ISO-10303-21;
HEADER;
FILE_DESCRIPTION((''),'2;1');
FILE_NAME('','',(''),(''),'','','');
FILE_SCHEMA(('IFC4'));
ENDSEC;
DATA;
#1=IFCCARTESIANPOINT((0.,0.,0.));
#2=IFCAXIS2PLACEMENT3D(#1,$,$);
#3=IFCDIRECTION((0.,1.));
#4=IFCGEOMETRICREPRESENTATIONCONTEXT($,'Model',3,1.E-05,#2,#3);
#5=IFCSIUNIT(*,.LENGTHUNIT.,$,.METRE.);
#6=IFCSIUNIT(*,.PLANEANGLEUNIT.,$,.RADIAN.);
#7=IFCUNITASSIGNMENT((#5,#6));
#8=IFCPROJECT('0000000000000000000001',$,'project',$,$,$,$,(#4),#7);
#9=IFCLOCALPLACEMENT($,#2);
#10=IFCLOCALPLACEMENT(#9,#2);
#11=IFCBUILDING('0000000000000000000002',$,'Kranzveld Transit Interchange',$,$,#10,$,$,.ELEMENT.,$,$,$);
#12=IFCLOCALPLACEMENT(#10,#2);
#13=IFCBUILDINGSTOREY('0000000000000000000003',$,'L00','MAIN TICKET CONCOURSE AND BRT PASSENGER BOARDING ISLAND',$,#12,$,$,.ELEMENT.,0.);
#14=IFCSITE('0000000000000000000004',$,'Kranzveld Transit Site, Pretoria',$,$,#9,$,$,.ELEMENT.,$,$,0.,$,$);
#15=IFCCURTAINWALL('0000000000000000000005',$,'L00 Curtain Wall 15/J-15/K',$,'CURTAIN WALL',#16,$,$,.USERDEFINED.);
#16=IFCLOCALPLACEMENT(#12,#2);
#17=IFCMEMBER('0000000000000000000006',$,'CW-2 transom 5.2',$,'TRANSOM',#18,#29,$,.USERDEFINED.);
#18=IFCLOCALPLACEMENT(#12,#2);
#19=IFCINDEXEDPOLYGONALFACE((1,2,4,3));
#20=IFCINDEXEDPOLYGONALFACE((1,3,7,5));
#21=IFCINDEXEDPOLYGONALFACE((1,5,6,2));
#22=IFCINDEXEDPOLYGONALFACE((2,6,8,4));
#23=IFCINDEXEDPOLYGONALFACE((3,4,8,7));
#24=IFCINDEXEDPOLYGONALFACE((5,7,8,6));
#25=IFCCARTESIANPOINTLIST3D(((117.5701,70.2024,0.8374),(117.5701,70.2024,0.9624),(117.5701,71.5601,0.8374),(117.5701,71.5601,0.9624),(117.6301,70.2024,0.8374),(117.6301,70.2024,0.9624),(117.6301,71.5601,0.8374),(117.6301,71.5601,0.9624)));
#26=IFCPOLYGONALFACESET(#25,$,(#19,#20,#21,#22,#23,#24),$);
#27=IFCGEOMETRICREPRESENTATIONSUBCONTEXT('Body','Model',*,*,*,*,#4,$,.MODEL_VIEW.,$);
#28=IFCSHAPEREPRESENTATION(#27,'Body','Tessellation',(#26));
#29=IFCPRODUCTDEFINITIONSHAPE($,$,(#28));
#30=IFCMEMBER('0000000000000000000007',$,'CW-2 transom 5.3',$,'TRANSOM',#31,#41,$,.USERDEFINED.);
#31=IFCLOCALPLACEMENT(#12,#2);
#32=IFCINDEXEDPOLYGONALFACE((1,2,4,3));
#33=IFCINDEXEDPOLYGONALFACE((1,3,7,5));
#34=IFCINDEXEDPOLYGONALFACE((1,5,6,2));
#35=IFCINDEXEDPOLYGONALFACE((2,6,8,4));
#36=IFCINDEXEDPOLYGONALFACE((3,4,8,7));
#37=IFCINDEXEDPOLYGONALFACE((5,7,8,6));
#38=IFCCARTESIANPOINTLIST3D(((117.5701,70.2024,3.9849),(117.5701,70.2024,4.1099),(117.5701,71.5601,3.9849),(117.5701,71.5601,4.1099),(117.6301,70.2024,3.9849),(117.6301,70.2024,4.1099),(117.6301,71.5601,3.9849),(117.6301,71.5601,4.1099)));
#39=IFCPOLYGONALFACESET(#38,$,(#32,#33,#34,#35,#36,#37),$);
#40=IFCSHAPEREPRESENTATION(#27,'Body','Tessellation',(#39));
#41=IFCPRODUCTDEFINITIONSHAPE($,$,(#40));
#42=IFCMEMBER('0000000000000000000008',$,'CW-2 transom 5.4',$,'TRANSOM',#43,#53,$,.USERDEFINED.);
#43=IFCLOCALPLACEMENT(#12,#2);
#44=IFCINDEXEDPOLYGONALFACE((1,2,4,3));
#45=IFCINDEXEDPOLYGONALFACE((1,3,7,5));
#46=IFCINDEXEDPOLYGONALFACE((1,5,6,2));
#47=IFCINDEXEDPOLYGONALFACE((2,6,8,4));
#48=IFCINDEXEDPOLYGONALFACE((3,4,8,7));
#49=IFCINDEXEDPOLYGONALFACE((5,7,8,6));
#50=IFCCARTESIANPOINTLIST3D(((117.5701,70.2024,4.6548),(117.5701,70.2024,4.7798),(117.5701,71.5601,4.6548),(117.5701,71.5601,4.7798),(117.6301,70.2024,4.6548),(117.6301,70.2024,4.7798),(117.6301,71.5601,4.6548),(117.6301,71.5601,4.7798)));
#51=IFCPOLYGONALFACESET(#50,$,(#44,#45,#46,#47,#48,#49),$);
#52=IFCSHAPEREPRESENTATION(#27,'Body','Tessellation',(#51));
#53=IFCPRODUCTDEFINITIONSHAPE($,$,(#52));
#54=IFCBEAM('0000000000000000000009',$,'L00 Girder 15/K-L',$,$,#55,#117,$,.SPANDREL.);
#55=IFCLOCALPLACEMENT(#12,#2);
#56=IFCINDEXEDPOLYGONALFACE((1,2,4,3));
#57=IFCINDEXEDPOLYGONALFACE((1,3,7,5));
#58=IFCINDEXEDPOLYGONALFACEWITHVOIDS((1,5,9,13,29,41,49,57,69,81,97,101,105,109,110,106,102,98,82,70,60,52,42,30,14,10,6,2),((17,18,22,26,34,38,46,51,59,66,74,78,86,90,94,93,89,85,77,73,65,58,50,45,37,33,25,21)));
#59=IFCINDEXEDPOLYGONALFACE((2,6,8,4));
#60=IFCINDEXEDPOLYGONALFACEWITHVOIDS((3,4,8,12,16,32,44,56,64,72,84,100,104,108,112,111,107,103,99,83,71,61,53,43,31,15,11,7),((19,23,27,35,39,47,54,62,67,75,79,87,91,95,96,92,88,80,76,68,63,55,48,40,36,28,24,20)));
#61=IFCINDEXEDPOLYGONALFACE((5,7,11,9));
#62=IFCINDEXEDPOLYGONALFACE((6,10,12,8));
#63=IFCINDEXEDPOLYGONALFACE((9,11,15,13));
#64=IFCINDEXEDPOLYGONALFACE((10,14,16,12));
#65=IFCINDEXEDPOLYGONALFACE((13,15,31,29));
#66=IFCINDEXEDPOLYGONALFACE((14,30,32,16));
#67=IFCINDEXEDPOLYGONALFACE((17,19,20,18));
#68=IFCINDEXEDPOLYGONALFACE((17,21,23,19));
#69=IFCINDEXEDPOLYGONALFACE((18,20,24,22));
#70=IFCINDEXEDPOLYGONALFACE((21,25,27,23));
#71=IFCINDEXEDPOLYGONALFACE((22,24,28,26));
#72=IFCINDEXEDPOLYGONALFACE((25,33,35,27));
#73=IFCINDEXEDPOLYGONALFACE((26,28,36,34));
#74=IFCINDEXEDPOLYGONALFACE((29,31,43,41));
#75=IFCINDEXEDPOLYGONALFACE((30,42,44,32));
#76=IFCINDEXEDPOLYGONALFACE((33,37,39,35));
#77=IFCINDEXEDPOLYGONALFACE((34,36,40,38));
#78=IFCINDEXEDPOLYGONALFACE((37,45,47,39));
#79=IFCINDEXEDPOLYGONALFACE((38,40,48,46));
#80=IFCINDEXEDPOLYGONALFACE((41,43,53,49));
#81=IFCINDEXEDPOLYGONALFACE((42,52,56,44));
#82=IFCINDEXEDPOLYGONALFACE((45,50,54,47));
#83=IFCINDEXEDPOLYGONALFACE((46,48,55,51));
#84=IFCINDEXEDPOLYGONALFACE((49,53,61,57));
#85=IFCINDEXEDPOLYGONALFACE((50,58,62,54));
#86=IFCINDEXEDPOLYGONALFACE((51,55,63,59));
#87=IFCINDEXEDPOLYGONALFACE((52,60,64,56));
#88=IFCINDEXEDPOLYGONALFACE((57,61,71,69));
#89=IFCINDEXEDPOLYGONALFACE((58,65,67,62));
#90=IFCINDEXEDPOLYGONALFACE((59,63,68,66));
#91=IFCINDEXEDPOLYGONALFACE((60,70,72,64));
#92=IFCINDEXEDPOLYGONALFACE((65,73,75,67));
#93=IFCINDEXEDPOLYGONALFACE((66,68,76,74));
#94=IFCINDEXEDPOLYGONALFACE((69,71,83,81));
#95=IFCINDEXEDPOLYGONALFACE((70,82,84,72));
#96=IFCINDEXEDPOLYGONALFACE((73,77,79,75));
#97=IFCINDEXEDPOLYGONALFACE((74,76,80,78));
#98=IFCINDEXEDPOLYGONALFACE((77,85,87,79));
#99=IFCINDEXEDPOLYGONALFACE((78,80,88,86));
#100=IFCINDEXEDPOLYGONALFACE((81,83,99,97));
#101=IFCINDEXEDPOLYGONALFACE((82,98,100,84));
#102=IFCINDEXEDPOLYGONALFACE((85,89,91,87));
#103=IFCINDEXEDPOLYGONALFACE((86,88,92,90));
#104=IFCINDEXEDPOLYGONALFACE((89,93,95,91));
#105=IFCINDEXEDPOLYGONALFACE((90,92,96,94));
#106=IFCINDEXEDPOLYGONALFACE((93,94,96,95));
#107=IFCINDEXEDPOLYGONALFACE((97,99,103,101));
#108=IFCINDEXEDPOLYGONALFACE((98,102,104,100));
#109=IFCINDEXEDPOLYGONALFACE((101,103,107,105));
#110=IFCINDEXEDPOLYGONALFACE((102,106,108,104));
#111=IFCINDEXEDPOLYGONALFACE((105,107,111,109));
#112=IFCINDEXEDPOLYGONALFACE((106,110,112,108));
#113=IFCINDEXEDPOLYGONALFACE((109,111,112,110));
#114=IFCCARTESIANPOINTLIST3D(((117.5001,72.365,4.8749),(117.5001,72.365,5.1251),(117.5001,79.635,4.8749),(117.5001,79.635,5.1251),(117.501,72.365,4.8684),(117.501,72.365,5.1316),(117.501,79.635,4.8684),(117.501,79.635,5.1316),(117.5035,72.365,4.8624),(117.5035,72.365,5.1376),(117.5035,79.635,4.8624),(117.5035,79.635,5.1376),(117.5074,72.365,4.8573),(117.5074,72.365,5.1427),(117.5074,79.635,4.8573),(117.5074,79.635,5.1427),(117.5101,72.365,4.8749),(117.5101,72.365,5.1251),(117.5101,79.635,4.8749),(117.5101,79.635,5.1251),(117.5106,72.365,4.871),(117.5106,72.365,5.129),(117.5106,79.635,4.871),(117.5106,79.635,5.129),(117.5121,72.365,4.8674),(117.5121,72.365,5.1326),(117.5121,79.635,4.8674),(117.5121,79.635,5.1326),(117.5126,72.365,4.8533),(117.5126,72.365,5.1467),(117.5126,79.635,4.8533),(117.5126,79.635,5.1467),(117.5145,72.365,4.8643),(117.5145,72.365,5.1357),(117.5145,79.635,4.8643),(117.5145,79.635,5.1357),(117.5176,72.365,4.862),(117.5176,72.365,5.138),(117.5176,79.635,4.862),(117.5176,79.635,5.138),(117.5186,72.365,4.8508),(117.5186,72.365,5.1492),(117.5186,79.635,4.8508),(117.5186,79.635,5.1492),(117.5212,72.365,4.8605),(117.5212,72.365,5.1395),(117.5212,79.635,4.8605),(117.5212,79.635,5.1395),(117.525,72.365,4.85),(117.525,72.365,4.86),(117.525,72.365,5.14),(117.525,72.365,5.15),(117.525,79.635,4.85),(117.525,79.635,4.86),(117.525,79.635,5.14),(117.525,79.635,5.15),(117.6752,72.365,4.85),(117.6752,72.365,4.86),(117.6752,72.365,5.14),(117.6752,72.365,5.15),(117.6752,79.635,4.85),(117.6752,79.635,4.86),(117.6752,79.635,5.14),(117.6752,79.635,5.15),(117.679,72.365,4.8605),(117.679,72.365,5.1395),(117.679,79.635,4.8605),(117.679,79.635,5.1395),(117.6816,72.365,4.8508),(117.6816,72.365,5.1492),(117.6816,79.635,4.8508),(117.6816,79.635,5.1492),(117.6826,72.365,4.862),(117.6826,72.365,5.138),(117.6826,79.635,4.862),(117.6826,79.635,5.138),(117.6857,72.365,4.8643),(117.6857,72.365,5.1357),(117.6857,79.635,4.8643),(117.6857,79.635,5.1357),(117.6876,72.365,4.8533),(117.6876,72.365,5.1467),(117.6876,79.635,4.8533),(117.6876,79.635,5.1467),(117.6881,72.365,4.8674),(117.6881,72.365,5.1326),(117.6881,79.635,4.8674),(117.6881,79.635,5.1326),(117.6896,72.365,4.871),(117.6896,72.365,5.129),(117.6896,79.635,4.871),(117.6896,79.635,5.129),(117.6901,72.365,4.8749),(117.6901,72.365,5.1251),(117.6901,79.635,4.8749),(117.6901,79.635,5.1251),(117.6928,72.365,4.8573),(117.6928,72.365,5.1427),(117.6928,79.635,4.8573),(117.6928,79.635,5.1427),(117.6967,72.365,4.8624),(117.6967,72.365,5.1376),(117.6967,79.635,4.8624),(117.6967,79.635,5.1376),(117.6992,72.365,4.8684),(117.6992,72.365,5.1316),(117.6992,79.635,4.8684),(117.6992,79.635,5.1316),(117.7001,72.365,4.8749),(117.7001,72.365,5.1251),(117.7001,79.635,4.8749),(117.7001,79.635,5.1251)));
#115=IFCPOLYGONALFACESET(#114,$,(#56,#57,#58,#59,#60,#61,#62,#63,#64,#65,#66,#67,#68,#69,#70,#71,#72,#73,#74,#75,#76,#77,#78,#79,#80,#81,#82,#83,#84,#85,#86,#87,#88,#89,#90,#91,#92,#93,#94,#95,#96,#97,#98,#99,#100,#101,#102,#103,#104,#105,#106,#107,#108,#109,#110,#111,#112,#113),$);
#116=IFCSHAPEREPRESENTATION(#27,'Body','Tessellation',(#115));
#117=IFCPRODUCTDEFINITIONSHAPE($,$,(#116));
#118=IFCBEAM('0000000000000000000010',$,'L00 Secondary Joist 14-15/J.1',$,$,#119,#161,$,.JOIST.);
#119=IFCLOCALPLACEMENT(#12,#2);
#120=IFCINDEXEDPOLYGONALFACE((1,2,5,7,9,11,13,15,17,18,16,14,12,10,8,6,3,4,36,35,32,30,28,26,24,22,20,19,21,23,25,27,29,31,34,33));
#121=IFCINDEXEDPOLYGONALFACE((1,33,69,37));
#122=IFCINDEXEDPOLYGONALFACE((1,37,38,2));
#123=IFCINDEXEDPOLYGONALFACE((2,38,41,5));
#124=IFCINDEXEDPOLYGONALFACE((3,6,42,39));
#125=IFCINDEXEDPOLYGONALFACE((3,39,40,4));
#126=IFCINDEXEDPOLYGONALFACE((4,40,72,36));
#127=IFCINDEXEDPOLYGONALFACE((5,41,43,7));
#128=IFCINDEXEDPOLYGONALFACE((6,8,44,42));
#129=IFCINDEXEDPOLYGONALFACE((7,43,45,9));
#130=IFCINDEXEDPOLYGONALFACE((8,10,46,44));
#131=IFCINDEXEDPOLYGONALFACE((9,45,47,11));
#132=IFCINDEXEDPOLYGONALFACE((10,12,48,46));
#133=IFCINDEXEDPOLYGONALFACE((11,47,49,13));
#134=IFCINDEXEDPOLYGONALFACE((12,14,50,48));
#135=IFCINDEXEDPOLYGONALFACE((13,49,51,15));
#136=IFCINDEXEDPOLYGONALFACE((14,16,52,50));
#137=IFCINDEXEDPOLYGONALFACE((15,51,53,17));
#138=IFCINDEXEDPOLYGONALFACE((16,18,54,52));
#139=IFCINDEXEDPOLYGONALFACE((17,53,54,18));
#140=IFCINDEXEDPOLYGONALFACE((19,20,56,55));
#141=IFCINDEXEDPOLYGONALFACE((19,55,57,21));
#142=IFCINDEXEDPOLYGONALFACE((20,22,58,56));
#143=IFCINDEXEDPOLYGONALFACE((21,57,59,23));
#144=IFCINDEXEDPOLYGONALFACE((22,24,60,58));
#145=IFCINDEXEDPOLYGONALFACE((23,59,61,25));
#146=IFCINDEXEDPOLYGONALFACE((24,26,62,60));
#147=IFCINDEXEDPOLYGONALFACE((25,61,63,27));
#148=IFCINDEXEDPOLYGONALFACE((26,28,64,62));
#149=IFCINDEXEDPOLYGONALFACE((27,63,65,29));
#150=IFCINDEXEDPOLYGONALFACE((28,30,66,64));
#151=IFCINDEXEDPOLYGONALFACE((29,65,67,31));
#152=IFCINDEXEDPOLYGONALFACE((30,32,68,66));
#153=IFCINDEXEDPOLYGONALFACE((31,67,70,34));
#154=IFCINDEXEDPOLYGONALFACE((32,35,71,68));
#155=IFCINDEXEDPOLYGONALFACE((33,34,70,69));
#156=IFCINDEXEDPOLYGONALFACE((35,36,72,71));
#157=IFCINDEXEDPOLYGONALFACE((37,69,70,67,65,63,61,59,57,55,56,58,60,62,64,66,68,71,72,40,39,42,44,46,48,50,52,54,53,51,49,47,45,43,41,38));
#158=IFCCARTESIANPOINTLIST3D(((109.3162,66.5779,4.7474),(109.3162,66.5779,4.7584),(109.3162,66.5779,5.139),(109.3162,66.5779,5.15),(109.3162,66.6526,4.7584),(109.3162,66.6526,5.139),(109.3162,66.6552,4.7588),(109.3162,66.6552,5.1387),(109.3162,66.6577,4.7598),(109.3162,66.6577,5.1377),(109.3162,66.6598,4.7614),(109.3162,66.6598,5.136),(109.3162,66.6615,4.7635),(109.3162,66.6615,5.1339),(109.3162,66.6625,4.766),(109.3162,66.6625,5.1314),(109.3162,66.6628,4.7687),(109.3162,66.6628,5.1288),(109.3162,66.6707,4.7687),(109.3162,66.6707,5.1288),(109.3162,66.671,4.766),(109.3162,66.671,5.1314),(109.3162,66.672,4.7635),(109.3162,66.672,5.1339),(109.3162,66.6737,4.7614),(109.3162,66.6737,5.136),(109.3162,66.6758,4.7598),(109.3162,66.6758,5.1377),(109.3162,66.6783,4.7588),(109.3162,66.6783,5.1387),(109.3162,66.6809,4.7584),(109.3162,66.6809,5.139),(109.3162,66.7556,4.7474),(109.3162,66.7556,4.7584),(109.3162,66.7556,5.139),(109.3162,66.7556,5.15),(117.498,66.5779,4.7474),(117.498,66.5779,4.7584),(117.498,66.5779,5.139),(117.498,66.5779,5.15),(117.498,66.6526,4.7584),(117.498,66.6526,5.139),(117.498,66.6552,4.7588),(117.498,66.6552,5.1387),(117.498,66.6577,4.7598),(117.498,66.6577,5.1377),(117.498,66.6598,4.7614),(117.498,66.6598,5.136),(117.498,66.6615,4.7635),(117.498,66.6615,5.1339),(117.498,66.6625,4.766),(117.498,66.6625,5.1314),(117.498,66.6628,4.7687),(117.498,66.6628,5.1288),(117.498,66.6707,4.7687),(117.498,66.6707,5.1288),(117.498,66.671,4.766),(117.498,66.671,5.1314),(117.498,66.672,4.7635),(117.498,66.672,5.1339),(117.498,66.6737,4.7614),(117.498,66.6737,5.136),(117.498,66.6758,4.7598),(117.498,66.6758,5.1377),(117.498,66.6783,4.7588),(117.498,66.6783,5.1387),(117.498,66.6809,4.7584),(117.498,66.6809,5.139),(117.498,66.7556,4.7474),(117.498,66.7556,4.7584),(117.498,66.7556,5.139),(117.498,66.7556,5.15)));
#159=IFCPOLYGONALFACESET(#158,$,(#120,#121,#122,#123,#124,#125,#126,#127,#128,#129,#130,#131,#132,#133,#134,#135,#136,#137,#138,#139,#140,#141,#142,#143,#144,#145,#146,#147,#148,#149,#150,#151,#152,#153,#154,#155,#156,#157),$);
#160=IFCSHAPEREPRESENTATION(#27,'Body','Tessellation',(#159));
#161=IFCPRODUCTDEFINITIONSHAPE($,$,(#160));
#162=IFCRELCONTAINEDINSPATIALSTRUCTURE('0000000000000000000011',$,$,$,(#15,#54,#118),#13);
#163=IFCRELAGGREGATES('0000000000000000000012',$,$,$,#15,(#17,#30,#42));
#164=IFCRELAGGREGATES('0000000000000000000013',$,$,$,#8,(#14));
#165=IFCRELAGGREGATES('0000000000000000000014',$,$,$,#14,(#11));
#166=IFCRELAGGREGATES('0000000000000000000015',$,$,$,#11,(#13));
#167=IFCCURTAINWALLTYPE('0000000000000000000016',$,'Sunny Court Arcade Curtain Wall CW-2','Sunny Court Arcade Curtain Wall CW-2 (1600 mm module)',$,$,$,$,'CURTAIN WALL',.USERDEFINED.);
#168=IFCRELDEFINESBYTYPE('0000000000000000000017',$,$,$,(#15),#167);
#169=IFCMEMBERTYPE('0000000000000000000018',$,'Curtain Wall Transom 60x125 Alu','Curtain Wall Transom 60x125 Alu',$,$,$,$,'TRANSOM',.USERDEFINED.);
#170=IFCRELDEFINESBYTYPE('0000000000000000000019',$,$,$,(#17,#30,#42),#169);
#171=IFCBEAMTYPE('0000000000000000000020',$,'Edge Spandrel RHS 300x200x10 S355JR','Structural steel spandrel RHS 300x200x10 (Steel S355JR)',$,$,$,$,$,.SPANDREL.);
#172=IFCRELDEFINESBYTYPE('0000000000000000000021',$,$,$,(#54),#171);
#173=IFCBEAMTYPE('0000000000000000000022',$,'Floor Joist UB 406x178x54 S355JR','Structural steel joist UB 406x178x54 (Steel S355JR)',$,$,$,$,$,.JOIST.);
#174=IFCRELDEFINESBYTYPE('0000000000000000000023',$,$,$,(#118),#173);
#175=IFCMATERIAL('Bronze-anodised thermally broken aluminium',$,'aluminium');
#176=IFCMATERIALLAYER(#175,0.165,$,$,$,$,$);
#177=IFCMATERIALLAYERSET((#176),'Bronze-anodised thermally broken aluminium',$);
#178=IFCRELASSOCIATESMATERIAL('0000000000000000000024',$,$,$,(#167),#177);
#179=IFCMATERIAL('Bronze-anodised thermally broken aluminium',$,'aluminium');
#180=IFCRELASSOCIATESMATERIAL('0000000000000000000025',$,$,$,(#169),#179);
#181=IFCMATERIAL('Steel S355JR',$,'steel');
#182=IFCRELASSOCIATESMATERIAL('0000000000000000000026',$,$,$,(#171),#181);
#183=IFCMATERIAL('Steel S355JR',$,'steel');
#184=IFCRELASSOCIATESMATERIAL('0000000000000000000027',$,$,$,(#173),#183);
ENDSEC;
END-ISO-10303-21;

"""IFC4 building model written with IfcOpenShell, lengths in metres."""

from ifc_helpers import new_model, si_unit, direction, frame, origin, origin_2d, place, context, subcontext, project, spatial, rectangle, hollow_rectangle, i_section, extrude, material, layer, layer_set, material_profile, profile_set, type_object, element, aggregate, save


model = new_model("IFC4")

# Units and contexts
model_context = context("Model", 3, precision=1e-05, world=origin(), true_north=direction((0.0, 1.0)))
body_context = subcontext(model_context, "Body", "Model", "MODEL_VIEW")
ifc_project = project(units=[si_unit("LENGTHUNIT", "METRE"), si_unit("PLANEANGLEUNIT", "RADIAN")], contexts=[model_context])

# Site, building, storey
site_placement = place(None, origin())
site = spatial("IfcSite", under=ifc_project, at=site_placement, Name="Kranzveld Transit Site, Pretoria", CompositionType="ELEMENT", RefElevation=0.0)
building_placement = place(site_placement, origin())
building = spatial("IfcBuilding", under=site, at=building_placement, Name="Kranzveld Transit Interchange", CompositionType="ELEMENT")
storey_placement = place(building_placement, origin())
storey = spatial("IfcBuildingStorey", under=building, at=storey_placement, Name="L00", Description="MAIN TICKET CONCOURSE AND BRT PASSENGER BOARDING ISLAND", CompositionType="ELEMENT", Elevation=0.0)

# Curtain wall, members
ifc_material_1 = material(Name="Bronze-anodised thermally broken aluminium", Category="aluminium")
ifc_layer_1 = layer(ifc_material_1, 0.165)
ifc_layer_set_1 = layer_set([ifc_layer_1], Name="Bronze-anodised thermally broken aluminium")
curtain_wall_type = type_object("IfcCurtainWallType", Name="Sunny Court Arcade Curtain Wall CW-2", Description="Sunny Court Arcade Curtain Wall CW-2 (1600 mm module)", ElementType="CURTAIN WALL", PredefinedType="USERDEFINED", material=ifc_layer_set_1)
curtain_wall_placement = place(storey_placement, origin())
curtain_wall = element("IfcCurtainWall", 1, at=curtain_wall_placement, inside=storey, type_object=curtain_wall_type, Name="L00 Curtain Wall 15/J-15/K", ObjectType="CURTAIN WALL", PredefinedType="USERDEFINED")
ifc_material_2 = material(Name="Bronze-anodised thermally broken aluminium", Category="aluminium")
ifc_material_profile_1 = material_profile(ifc_material_2, rectangle(XDim=0.0601, YDim=0.125, at=origin_2d()), Name="ALU TRANSOM 60x125")
ifc_profile_set_1 = profile_set([ifc_material_profile_1], Name="Bronze-anodised thermally broken aluminium")
member_type_1 = type_object("IfcMemberType", Name="Curtain Wall Transom 60x125 Alu", Description="Curtain Wall Transom 60x125 Alu", ElementType="TRANSOM", PredefinedType="USERDEFINED", material=ifc_profile_set_1)
member_1_placement = place(storey_placement, frame((117.6001, 70.2024, 0.8999), z_axis=(0.0, 1.0, 0.0), x_axis=(-1.0, 0.0, 0.0)))
member_1 = element("IfcMember", 2, at=member_1_placement, type_object=member_type_1, Name="CW-2 transom 5.2", ObjectType="TRANSOM", PredefinedType="USERDEFINED", context=body_context, shape_type="SweptSolid", body=[
    extrude(rectangle(XDim=0.0601, YDim=0.125, at=origin_2d()), origin(), (0.0, 0.0, 1.0), 1.3577),
])
member_2_placement = place(storey_placement, frame((117.6001, 70.2024, 4.0474), z_axis=(0.0, 1.0, 0.0), x_axis=(-1.0, 0.0, 0.0)))
member_2 = element("IfcMember", 3, at=member_2_placement, type_object=member_type_1, Name="CW-2 transom 5.3", ObjectType="TRANSOM", PredefinedType="USERDEFINED", context=body_context, shape_type="SweptSolid", body=[
    extrude(rectangle(XDim=0.0601, YDim=0.125, at=origin_2d()), origin(), (0.0, 0.0, 1.0), 1.3577),
])
member_3_placement = place(storey_placement, frame((117.6001, 70.2024, 4.7173), z_axis=(0.0, 1.0, 0.0), x_axis=(-1.0, 0.0, 0.0)))
member_3 = element("IfcMember", 4, at=member_3_placement, type_object=member_type_1, Name="CW-2 transom 5.4", ObjectType="TRANSOM", PredefinedType="USERDEFINED", context=body_context, shape_type="SweptSolid", body=[
    extrude(rectangle(XDim=0.0601, YDim=0.125, at=origin_2d()), origin(), (0.0, 0.0, 1.0), 1.3577),
])

# Beams
ifc_material_3 = material(Name="Steel S355JR", Category="steel")
ifc_material_profile_2 = material_profile(ifc_material_3, hollow_rectangle(XDim=0.2, YDim=0.3, WallThickness=0.01, InnerFilletRadius=0.0149, OuterFilletRadius=0.0249, at=origin_2d()), Name="RHS 300x200x10")
ifc_profile_set_2 = profile_set([ifc_material_profile_2], Name="Steel S355JR")
beam_type_1 = type_object("IfcBeamType", Name="Edge Spandrel RHS 300x200x10 S355JR", Description="Structural steel spandrel RHS 300x200x10 (Steel S355JR)", PredefinedType="SPANDREL", material=ifc_profile_set_2)
beam_1_placement = place(storey_placement, frame((117.6001, 72.365, 5.0), z_axis=(0.0, 1.0, 0.0), x_axis=(-1.0, 0.0, 0.0)))
element("IfcBeam", 5, at=beam_1_placement, inside=storey, type_object=beam_type_1, Name="L00 Girder 15/K-L", PredefinedType="SPANDREL", context=body_context, shape_type="SweptSolid", body=[
    extrude(hollow_rectangle(XDim=0.2, YDim=0.3, WallThickness=0.01, InnerFilletRadius=0.0149, OuterFilletRadius=0.0249, at=origin_2d()), origin(), (0.0, 0.0, 1.0), 7.27),
])
ifc_material_4 = material(Name="Steel S355JR", Category="steel")
ifc_material_profile_3 = material_profile(ifc_material_4, i_section(OverallWidth=0.1777, OverallDepth=0.4026, WebThickness=0.0078, FlangeThickness=0.011, FilletRadius=0.0103, at=origin_2d()), Name="UB 406x178x54")
ifc_profile_set_3 = profile_set([ifc_material_profile_3], Name="Steel S355JR")
beam_type_2 = type_object("IfcBeamType", Name="Floor Joist UB 406x178x54 S355JR", Description="Structural steel joist UB 406x178x54 (Steel S355JR)", PredefinedType="JOIST", material=ifc_profile_set_3)
for number, where, z_axis, x_axis, name in (
    (6, (109.3162, 66.6667, 4.9487), (1.0, 0.0, 0.0), (0.0, 1.0, 0.0), "L00 Secondary Joist 14-15/J.1"),
):
    element("IfcBeam", number, at=place(storey_placement, frame(where, z_axis=z_axis, x_axis=x_axis)), inside=storey, type_object=beam_type_2, Name=name, PredefinedType="JOIST", context=body_context, shape_type="SweptSolid", body=[
        extrude(i_section(OverallWidth=0.1777, OverallDepth=0.4026, WebThickness=0.0078, FlangeThickness=0.011, FilletRadius=0.0103, at=origin_2d()), origin(), (0.0, 0.0, 1.0), 8.1819),
    ])

aggregate(curtain_wall, [member_1, member_2, member_3])

save(model, "model.ifc")
